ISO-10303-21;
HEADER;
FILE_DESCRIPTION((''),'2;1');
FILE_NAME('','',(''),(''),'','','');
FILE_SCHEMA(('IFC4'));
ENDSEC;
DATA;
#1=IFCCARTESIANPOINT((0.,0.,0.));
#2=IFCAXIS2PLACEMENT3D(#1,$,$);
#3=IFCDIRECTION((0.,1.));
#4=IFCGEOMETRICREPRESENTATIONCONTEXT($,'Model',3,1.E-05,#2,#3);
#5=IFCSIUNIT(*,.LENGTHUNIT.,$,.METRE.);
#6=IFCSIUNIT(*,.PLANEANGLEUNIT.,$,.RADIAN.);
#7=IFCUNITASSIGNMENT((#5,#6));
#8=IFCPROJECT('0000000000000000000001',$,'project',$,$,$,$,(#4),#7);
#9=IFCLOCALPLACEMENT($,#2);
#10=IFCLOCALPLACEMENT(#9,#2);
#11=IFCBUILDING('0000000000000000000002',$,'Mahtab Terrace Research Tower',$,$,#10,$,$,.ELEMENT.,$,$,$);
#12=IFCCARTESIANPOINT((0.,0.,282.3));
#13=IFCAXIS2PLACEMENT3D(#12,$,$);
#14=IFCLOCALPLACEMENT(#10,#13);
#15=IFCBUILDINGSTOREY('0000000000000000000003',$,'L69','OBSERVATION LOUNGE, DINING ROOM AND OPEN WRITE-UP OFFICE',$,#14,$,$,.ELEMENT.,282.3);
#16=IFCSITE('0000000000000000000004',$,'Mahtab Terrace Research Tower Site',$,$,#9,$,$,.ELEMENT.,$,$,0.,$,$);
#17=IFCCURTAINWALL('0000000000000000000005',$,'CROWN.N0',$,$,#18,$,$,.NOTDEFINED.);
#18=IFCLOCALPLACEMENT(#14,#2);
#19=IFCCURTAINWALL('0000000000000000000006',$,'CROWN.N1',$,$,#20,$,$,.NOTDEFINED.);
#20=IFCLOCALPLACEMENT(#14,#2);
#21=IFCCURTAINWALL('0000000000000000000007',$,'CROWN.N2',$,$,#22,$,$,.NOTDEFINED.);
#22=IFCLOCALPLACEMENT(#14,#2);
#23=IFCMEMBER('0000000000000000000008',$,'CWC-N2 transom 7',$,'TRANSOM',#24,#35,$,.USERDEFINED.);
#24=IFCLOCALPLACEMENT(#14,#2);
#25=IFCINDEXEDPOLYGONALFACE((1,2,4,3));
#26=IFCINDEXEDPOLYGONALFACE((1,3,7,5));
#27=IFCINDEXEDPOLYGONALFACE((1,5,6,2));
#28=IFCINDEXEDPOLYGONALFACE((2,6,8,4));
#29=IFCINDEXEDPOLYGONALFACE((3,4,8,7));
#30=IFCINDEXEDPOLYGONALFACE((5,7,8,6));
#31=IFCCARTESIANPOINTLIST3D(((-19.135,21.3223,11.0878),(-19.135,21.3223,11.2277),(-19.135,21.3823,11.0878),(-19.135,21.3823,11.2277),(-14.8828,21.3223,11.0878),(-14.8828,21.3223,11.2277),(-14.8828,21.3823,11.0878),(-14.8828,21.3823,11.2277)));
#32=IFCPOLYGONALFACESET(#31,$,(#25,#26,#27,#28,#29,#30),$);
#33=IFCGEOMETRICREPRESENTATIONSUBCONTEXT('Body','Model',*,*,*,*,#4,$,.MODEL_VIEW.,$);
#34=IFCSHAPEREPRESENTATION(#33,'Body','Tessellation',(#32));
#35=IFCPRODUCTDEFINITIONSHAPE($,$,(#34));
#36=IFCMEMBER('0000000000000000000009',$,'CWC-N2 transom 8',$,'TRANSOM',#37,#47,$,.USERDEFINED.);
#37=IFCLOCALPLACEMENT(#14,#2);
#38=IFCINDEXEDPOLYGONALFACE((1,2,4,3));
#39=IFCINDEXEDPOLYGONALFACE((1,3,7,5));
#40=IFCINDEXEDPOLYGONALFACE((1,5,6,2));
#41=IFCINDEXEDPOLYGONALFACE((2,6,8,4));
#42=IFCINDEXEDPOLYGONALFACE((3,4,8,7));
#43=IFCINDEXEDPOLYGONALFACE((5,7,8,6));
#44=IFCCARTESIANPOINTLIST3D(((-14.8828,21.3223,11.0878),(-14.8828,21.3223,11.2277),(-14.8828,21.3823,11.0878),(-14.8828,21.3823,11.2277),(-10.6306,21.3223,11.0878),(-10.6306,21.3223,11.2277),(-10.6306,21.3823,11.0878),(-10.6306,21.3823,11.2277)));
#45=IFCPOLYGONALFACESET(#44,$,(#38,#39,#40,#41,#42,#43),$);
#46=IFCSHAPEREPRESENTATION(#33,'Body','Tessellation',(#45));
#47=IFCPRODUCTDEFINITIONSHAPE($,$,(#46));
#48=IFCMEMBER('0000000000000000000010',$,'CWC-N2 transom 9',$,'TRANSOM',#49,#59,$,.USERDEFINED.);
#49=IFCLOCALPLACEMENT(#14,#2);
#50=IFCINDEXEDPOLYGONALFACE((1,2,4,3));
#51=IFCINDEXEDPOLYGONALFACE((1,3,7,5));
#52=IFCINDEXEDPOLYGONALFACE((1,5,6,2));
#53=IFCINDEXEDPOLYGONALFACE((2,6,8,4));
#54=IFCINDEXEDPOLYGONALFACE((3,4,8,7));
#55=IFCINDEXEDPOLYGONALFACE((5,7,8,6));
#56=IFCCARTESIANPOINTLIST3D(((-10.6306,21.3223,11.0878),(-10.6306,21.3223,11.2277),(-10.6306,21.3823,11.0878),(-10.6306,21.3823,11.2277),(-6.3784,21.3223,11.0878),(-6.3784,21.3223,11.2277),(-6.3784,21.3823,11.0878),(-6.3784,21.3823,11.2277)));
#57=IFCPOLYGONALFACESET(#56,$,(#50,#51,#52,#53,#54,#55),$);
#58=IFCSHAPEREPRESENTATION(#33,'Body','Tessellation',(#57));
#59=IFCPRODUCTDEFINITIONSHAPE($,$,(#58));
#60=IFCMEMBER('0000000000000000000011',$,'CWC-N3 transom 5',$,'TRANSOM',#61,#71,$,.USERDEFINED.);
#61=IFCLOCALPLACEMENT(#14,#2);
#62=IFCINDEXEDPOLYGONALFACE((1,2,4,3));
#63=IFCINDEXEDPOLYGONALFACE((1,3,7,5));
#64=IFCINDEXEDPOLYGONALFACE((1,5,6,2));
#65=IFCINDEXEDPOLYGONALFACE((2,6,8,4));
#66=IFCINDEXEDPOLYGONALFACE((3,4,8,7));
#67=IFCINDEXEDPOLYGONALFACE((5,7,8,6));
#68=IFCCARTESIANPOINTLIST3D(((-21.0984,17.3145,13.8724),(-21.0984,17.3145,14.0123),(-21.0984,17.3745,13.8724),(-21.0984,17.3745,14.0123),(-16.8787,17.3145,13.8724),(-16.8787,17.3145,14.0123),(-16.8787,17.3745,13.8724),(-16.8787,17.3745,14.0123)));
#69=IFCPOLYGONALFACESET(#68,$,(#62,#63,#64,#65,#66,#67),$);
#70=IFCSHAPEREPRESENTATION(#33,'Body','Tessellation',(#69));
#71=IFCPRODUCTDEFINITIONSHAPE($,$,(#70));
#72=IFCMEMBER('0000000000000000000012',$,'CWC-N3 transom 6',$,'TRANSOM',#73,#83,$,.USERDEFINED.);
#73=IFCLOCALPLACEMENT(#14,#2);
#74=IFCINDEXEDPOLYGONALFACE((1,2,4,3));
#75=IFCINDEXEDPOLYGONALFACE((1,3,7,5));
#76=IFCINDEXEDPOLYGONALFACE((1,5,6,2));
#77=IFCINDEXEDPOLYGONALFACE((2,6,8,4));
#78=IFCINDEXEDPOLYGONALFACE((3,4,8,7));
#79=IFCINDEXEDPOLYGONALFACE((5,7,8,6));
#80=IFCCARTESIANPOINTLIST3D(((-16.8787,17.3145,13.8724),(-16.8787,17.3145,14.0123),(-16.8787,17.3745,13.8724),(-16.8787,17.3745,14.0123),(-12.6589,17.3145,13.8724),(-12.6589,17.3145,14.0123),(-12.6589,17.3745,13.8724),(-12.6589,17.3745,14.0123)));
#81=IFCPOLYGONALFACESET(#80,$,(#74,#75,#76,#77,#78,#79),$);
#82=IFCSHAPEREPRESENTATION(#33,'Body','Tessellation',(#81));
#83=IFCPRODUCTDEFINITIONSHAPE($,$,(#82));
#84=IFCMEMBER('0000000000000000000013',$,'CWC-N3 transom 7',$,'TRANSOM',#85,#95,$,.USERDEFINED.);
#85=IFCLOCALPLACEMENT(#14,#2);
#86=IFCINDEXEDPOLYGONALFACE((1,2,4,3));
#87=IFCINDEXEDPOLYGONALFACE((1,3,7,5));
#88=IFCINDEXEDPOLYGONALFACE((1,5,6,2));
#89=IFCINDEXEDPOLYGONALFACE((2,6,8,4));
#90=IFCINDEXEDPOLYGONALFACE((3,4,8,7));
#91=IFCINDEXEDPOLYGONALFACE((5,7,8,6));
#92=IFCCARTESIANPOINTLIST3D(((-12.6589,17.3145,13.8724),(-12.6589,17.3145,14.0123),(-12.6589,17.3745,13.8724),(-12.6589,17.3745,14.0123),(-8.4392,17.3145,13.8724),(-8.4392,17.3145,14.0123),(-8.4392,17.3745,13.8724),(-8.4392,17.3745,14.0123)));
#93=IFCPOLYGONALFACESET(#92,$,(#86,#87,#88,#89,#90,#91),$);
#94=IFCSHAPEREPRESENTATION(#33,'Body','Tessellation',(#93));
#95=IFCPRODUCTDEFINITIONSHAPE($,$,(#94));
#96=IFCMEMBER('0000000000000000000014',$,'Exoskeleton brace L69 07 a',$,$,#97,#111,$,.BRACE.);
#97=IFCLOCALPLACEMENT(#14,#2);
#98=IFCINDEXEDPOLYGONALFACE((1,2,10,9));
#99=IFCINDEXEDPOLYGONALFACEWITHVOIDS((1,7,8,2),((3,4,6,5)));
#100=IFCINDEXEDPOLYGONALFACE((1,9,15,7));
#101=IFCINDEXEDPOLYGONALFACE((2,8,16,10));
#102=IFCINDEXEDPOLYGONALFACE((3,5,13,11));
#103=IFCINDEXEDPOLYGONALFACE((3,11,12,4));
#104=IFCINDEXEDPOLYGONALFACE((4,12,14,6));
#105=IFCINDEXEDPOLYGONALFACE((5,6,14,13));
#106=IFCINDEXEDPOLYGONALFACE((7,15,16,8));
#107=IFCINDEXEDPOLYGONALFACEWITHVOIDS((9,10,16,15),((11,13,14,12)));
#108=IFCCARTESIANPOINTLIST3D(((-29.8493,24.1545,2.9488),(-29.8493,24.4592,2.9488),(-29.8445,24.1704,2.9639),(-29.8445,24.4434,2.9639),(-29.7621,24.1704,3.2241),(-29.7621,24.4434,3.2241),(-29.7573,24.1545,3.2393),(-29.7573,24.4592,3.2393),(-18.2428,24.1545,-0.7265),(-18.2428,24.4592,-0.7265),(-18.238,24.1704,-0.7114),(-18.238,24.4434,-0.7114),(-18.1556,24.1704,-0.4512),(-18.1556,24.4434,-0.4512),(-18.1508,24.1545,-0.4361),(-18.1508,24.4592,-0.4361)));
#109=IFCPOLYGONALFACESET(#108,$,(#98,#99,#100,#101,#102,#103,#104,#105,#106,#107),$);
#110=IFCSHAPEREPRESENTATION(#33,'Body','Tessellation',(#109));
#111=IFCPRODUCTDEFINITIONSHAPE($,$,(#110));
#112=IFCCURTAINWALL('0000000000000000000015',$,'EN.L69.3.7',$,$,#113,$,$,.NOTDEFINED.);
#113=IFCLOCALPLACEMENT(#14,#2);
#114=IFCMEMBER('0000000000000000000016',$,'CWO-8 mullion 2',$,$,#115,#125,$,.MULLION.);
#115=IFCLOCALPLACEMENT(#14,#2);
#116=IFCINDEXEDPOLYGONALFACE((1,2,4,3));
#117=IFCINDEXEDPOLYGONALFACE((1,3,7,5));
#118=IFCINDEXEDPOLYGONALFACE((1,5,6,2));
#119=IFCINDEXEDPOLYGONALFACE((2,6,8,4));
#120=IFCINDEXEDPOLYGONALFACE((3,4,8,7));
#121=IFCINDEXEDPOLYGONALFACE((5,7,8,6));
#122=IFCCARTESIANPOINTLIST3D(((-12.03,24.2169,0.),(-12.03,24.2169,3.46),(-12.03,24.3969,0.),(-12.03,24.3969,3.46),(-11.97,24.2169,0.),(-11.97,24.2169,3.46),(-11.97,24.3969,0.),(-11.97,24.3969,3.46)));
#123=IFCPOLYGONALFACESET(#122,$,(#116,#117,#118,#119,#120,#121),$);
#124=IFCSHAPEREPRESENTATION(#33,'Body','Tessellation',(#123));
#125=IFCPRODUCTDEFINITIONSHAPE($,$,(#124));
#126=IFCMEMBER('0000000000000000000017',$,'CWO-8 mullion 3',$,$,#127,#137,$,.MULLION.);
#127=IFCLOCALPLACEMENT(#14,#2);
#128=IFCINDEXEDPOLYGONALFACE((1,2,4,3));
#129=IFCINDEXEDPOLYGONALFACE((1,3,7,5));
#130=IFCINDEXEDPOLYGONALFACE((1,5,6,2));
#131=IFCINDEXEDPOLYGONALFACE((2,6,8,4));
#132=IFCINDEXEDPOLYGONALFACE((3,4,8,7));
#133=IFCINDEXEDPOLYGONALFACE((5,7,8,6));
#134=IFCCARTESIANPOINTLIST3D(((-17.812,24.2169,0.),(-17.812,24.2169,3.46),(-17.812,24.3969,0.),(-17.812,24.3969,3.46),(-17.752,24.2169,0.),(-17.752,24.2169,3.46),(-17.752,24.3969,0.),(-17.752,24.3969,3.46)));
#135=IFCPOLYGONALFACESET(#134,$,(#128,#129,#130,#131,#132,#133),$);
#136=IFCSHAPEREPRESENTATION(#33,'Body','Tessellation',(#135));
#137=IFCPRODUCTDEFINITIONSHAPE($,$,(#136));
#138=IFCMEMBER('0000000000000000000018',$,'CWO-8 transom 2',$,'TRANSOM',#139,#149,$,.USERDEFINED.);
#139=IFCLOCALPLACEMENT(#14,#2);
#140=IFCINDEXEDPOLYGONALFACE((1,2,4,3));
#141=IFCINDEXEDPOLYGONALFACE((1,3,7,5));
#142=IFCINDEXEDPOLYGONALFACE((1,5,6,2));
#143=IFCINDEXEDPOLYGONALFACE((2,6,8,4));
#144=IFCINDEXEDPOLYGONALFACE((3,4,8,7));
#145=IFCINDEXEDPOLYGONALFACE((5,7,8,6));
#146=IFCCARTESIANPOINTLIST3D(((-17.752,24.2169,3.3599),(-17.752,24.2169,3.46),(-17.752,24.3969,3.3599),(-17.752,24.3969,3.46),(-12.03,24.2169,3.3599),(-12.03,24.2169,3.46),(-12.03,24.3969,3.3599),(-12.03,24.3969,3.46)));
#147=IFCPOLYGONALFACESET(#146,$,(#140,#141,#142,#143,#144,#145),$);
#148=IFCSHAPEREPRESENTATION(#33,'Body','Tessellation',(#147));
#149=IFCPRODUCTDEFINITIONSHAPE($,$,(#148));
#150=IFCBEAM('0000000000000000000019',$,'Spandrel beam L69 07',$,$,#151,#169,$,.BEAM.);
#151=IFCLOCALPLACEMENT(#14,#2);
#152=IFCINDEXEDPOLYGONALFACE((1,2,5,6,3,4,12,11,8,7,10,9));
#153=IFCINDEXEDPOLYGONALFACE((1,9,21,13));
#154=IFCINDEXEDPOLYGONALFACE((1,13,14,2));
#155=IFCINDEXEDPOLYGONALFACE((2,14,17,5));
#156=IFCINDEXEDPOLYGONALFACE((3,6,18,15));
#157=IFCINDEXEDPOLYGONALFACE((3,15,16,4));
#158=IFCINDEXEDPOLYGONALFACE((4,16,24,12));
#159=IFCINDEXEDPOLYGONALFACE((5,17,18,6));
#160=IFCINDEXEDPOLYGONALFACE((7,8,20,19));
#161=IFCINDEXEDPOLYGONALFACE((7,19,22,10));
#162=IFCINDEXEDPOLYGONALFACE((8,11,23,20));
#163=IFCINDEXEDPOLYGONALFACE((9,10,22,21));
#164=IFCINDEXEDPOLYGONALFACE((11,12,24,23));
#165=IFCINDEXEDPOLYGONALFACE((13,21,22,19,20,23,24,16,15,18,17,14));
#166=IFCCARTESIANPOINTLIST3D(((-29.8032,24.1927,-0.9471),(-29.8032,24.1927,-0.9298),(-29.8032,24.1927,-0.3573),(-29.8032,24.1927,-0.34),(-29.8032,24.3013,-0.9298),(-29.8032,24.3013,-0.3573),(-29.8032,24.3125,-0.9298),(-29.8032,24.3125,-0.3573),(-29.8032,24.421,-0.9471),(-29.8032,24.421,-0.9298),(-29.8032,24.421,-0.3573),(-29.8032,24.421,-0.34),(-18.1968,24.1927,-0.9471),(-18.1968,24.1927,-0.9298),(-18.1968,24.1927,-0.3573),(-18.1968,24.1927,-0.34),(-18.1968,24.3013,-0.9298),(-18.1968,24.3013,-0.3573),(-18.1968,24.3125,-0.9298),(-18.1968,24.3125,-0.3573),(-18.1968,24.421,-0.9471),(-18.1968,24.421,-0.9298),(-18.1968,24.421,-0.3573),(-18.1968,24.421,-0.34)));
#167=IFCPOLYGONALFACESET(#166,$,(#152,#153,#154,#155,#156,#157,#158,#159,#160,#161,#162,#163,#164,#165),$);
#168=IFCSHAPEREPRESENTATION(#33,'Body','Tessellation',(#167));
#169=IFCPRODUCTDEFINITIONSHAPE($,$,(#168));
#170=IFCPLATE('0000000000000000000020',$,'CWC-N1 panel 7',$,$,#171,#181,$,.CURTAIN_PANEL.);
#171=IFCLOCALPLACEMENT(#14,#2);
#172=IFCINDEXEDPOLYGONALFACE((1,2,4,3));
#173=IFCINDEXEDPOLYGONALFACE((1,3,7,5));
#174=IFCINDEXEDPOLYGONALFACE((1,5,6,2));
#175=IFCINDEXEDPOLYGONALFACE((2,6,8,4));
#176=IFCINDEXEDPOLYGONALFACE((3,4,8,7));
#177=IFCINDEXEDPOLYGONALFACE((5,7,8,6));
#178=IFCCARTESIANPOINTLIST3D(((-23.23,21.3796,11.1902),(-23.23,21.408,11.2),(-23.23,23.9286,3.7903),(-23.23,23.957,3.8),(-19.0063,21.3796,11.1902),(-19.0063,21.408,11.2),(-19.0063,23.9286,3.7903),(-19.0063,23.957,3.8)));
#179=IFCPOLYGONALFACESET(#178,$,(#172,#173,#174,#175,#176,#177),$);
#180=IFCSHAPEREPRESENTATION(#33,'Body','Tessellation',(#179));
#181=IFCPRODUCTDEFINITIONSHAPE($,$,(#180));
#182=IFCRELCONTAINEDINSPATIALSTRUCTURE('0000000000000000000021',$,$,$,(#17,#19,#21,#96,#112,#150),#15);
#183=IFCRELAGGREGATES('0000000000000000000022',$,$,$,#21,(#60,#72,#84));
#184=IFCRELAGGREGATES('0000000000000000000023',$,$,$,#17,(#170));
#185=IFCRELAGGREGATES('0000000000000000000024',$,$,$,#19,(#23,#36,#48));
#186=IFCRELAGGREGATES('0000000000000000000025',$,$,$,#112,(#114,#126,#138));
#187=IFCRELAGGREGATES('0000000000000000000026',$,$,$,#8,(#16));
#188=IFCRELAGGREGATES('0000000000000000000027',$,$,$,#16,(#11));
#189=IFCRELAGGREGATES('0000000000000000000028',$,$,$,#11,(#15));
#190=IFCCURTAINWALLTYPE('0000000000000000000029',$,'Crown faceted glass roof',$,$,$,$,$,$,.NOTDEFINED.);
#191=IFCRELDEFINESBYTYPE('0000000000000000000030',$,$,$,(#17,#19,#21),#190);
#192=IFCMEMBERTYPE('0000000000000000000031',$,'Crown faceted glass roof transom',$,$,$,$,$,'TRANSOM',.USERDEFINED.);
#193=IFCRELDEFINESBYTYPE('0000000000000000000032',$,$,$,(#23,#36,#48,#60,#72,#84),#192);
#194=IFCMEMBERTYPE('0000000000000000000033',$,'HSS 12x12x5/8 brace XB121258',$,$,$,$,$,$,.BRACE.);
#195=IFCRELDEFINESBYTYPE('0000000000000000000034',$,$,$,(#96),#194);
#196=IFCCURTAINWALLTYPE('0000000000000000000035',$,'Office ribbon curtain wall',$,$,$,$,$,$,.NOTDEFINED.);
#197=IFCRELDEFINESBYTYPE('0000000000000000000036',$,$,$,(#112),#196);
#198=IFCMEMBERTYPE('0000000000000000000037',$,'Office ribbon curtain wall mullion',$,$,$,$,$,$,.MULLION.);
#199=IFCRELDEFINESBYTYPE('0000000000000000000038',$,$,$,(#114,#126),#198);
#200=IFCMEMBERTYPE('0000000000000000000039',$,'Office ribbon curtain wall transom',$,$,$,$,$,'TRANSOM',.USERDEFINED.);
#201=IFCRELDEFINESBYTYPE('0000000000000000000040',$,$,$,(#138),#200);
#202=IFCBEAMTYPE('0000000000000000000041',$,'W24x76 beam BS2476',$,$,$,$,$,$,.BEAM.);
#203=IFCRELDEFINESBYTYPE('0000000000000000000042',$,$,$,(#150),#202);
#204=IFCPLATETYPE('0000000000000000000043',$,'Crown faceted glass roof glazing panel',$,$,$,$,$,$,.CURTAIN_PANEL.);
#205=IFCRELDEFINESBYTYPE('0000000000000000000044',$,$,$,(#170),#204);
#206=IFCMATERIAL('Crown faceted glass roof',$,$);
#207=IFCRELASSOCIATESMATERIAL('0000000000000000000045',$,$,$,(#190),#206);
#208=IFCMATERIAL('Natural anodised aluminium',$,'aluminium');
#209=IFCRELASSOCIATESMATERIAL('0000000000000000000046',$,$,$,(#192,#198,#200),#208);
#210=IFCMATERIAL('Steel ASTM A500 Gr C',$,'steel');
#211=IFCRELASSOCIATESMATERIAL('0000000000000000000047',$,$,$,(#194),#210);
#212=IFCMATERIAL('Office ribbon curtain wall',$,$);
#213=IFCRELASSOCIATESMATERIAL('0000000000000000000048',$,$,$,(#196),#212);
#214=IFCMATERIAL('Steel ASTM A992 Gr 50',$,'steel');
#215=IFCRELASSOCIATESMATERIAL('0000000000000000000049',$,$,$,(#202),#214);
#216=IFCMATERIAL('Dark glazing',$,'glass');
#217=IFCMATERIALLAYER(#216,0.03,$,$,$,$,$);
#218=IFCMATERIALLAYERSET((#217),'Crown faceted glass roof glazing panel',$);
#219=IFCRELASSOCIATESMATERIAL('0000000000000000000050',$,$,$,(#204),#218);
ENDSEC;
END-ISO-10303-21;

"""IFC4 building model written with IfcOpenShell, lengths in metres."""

from ifc_helpers import new_model, si_unit, direction, frame, origin, origin_2d, place, context, subcontext, project, spatial, polyline, rectangle, hollow_rectangle, i_section, outline, extrude, material, layer, layer_set, material_profile, profile_set, type_object, element, aggregate, save


model = new_model("IFC4")

# Units and contexts
model_context = context("Model", 3, precision=1e-05, world=origin(), true_north=direction((0.0, 1.0)))
body_context = subcontext(model_context, "Body", "Model", "MODEL_VIEW")
ifc_project = project(units=[si_unit("LENGTHUNIT", "METRE"), si_unit("PLANEANGLEUNIT", "RADIAN")], contexts=[model_context])

# Site, building, storey
site_placement = place(None, origin())
site = spatial("IfcSite", under=ifc_project, at=site_placement, Name="Mahtab Terrace Research Tower Site", CompositionType="ELEMENT", RefElevation=0.0)
building_placement = place(site_placement, origin())
building = spatial("IfcBuilding", under=site, at=building_placement, Name="Mahtab Terrace Research Tower", CompositionType="ELEMENT")
storey_placement = place(building_placement, frame((0.0, 0.0, 282.3)))
storey = spatial("IfcBuildingStorey", under=building, at=storey_placement, Name="L69", Description="OBSERVATION LOUNGE, DINING ROOM AND OPEN WRITE-UP OFFICE", CompositionType="ELEMENT", Elevation=282.3)

# Shared definitions
ifc_material_1 = material(Name="Steel ASTM A992 Gr 50", Category="steel")

# Curtain walls
ifc_material_2 = material(Name="Crown faceted glass roof")
curtain_wall_type_1 = type_object("IfcCurtainWallType", Name="Crown faceted glass roof", PredefinedType="NOTDEFINED", material=ifc_material_2)
curtain_wall_1_placement = place(storey_placement, origin())
curtain_wall_1 = element("IfcCurtainWall", 1, at=curtain_wall_1_placement, inside=storey, type_object=curtain_wall_type_1, Name="CROWN.N0", PredefinedType="NOTDEFINED")
ifc_material_3 = material(Name="Natural anodised aluminium", Category="aluminium")
curtain_wall_2_placement = place(storey_placement, origin())
curtain_wall_2 = element("IfcCurtainWall", 2, at=curtain_wall_2_placement, inside=storey, type_object=curtain_wall_type_1, Name="CROWN.N1", PredefinedType="NOTDEFINED")
curtain_wall_3_placement = place(storey_placement, origin())
curtain_wall_3 = element("IfcCurtainWall", 3, at=curtain_wall_3_placement, inside=storey, type_object=curtain_wall_type_1, Name="CROWN.N2", PredefinedType="NOTDEFINED")

# Members
ifc_material_profile_1 = material_profile(ifc_material_3, rectangle(XDim=0.0601, YDim=0.1399, at=origin_2d()), Name="TRANSOM 60x140")
ifc_profile_set_1 = profile_set([ifc_material_profile_1], Name="Natural anodised aluminium")
member_type_1 = type_object("IfcMemberType", Name="Crown faceted glass roof transom", ElementType="TRANSOM", PredefinedType="USERDEFINED", material=ifc_profile_set_1)
member_1_placement = place(storey_placement, frame((-19.135, 21.3523, 11.1577), z_axis=(1.0, 0.0, 0.0), x_axis=(0.0, 1.0, 0.0)))
member_1 = element("IfcMember", 4, at=member_1_placement, type_object=member_type_1, Name="CWC-N2 transom 7", ObjectType="TRANSOM", PredefinedType="USERDEFINED", context=body_context, shape_type="SweptSolid", body=[
    extrude(rectangle(XDim=0.0601, YDim=0.1399, at=origin_2d()), origin(), (0.0, 0.0, 1.0), 4.2522),
])
member_2_placement = place(storey_placement, frame((-14.8828, 21.3523, 11.1577), z_axis=(1.0, 0.0, 0.0), x_axis=(0.0, 1.0, 0.0)))
member_2 = element("IfcMember", 5, at=member_2_placement, type_object=member_type_1, Name="CWC-N2 transom 8", ObjectType="TRANSOM", PredefinedType="USERDEFINED", context=body_context, shape_type="SweptSolid", body=[
    extrude(rectangle(XDim=0.0601, YDim=0.1399, at=origin_2d()), origin(), (0.0, 0.0, 1.0), 4.2522),
])
member_3_placement = place(storey_placement, frame((-10.6306, 21.3523, 11.1577), z_axis=(1.0, 0.0, 0.0), x_axis=(0.0, 1.0, 0.0)))
member_3 = element("IfcMember", 6, at=member_3_placement, type_object=member_type_1, Name="CWC-N2 transom 9", ObjectType="TRANSOM", PredefinedType="USERDEFINED", context=body_context, shape_type="SweptSolid", body=[
    extrude(rectangle(XDim=0.0601, YDim=0.1399, at=origin_2d()), origin(), (0.0, 0.0, 1.0), 4.2522),
])
member_4_placement = place(storey_placement, frame((-21.0984, 17.3445, 13.9424), z_axis=(1.0, 0.0, 0.0), x_axis=(0.0, 1.0, 0.0)))
member_4 = element("IfcMember", 7, at=member_4_placement, type_object=member_type_1, Name="CWC-N3 transom 5", ObjectType="TRANSOM", PredefinedType="USERDEFINED", context=body_context, shape_type="SweptSolid", body=[
    extrude(rectangle(XDim=0.0601, YDim=0.1399, at=origin_2d()), origin(), (0.0, 0.0, 1.0), 4.2197),
])
member_5_placement = place(storey_placement, frame((-16.8787, 17.3445, 13.9424), z_axis=(1.0, 0.0, 0.0), x_axis=(0.0, 1.0, 0.0)))
member_5 = element("IfcMember", 8, at=member_5_placement, type_object=member_type_1, Name="CWC-N3 transom 6", ObjectType="TRANSOM", PredefinedType="USERDEFINED", context=body_context, shape_type="SweptSolid", body=[
    extrude(rectangle(XDim=0.0601, YDim=0.1399, at=origin_2d()), origin(), (0.0, 0.0, 1.0), 4.2197),
])
member_6_placement = place(storey_placement, frame((-12.6589, 17.3445, 13.9424), z_axis=(1.0, 0.0, 0.0), x_axis=(0.0, 1.0, 0.0)))
member_6 = element("IfcMember", 9, at=member_6_placement, type_object=member_type_1, Name="CWC-N3 transom 7", ObjectType="TRANSOM", PredefinedType="USERDEFINED", context=body_context, shape_type="SweptSolid", body=[
    extrude(rectangle(XDim=0.0601, YDim=0.1399, at=origin_2d()), origin(), (0.0, 0.0, 1.0), 4.2197),
])
aggregate(curtain_wall_3, [member_4, member_5, member_6])
ifc_material_4 = material(Name="Steel ASTM A500 Gr C", Category="steel")
ifc_material_profile_2 = material_profile(ifc_material_4, hollow_rectangle(XDim=0.3047, YDim=0.3047, WallThickness=0.0159, at=origin_2d()), Name="HSS12X12X5/8")
ifc_profile_set_2 = profile_set([ifc_material_profile_2], Name="Steel ASTM A500 Gr C")
member_type_2 = type_object("IfcMemberType", Name="HSS 12x12x5/8 brace XB121258", PredefinedType="BRACE", material=ifc_profile_set_2)
member_7_placement = place(storey_placement, frame((-18.1968, 24.3069, -0.5813), z_axis=(-0.953344, 0.0, 0.301886), x_axis=(0.0, -1.0, 0.0)))
element("IfcMember", 10, at=member_7_placement, inside=storey, type_object=member_type_2, Name="Exoskeleton brace L69 07 a", PredefinedType="BRACE", context=body_context, shape_type="SweptSolid", body=[
    extrude(hollow_rectangle(XDim=0.3047, YDim=0.3047, WallThickness=0.0159, at=origin_2d()), origin(), (0.0, 0.0, 1.0), 12.1746),
])

# Curtain wall, members
ifc_material_5 = material(Name="Office ribbon curtain wall")
curtain_wall_type_2 = type_object("IfcCurtainWallType", Name="Office ribbon curtain wall", PredefinedType="NOTDEFINED", material=ifc_material_5)
curtain_wall_4_placement = place(storey_placement, origin())
curtain_wall_4 = element("IfcCurtainWall", 11, at=curtain_wall_4_placement, inside=storey, type_object=curtain_wall_type_2, Name="EN.L69.3.7", PredefinedType="NOTDEFINED")
ifc_material_profile_3 = material_profile(ifc_material_3, rectangle(XDim=0.1799, YDim=0.0601, at=origin_2d()), Name="MULLION 60x180")
ifc_profile_set_3 = profile_set([ifc_material_profile_3], Name="Natural anodised aluminium")
member_type_3 = type_object("IfcMemberType", Name="Office ribbon curtain wall mullion", PredefinedType="MULLION", material=ifc_profile_set_3)
member_8_placement = place(storey_placement, frame((-12.0, 24.3069, 0.0), z_axis=(0.0, 0.0, 1.0), x_axis=(0.0, -1.0, 0.0)))
member_8 = element("IfcMember", 12, at=member_8_placement, type_object=member_type_3, Name="CWO-8 mullion 2", PredefinedType="MULLION", context=body_context, shape_type="SweptSolid", body=[
    extrude(rectangle(XDim=0.1799, YDim=0.0601, at=origin_2d()), origin(), (0.0, 0.0, 1.0), 3.46),
])
member_9_placement = place(storey_placement, frame((-17.782, 24.3069, 0.0), z_axis=(0.0, 0.0, 1.0), x_axis=(0.0, -1.0, 0.0)))
member_9 = element("IfcMember", 13, at=member_9_placement, type_object=member_type_3, Name="CWO-8 mullion 3", PredefinedType="MULLION", context=body_context, shape_type="SweptSolid", body=[
    extrude(rectangle(XDim=0.1799, YDim=0.0601, at=origin_2d()), origin(), (0.0, 0.0, 1.0), 3.46),
])
ifc_material_profile_4 = material_profile(ifc_material_3, rectangle(XDim=0.1799, YDim=0.1001, at=origin_2d()), Name="TRANSOM 100x180")
ifc_profile_set_4 = profile_set([ifc_material_profile_4], Name="Natural anodised aluminium")
member_type_4 = type_object("IfcMemberType", Name="Office ribbon curtain wall transom", ElementType="TRANSOM", PredefinedType="USERDEFINED", material=ifc_profile_set_4)
member_10_placement = place(storey_placement, frame((-12.03, 24.3069, 3.4099), z_axis=(-1.0, 0.0, 0.0), x_axis=(0.0, -1.0, 0.0)))
member_10 = element("IfcMember", 14, at=member_10_placement, type_object=member_type_4, Name="CWO-8 transom 2", ObjectType="TRANSOM", PredefinedType="USERDEFINED", context=body_context, shape_type="SweptSolid", body=[
    extrude(rectangle(XDim=0.1799, YDim=0.1001, at=origin_2d()), origin(), (0.0, 0.0, 1.0), 5.7219),
])

# Beam
ifc_material_profile_5 = material_profile(ifc_material_1, i_section(OverallWidth=0.2283, OverallDepth=0.6072, WebThickness=0.0112, FlangeThickness=0.0173, at=origin_2d()), Name="W24X76")
ifc_profile_set_5 = profile_set([ifc_material_profile_5], Name="Steel ASTM A992 Gr 50")
beam_type = type_object("IfcBeamType", Name="W24x76 beam BS2476", PredefinedType="BEAM", material=ifc_profile_set_5)
beam_placement = place(storey_placement, frame((-18.1968, 24.3069, -0.6436), z_axis=(-1.0, 0.0, 0.0), x_axis=(0.0, -1.0, 0.0)))
element("IfcBeam", 15, at=beam_placement, inside=storey, type_object=beam_type, Name="Spandrel beam L69 07", PredefinedType="BEAM", context=body_context, shape_type="SweptSolid", body=[
    extrude(i_section(OverallWidth=0.2283, OverallDepth=0.6072, WebThickness=0.0112, FlangeThickness=0.0173, at=origin_2d()), origin(), (0.0, 0.0, 1.0), 11.6064),
])

# Plate
ifc_material_6 = material(Name="Dark glazing", Category="glass")
ifc_layer_1 = layer(ifc_material_6, 0.03)
ifc_layer_set_1 = layer_set([ifc_layer_1], Name="Crown faceted glass roof glazing panel")
plate_type_1 = type_object("IfcPlateType", Name="Crown faceted glass roof glazing panel", PredefinedType="CURTAIN_PANEL", material=ifc_layer_set_1)
plate_1_placement = place(storey_placement, frame((-19.0063, 21.408, 11.2), z_axis=(0.0, 0.945476, 0.325692), x_axis=(0.0, 0.325692, -0.945476)))
plate_1 = element("IfcPlate", 16, at=plate_1_placement, type_object=plate_type_1, Name="CWC-N1 panel 7", PredefinedType="CURTAIN_PANEL", context=body_context, shape_type="SweptSolid", body=[
    extrude(outline(polyline([(0.0, 0.0), (7.8266, 0.0), (7.8266, 4.2236), (0.0, 4.2236), (0.0, 0.0)])), origin(), (0.0, 0.0, -1.0), 0.03),
])
aggregate(curtain_wall_1, [plate_1])
aggregate(curtain_wall_2, [member_1, member_2, member_3])
aggregate(curtain_wall_4, [member_8, member_9, member_10])

save(model, "model.ifc")
